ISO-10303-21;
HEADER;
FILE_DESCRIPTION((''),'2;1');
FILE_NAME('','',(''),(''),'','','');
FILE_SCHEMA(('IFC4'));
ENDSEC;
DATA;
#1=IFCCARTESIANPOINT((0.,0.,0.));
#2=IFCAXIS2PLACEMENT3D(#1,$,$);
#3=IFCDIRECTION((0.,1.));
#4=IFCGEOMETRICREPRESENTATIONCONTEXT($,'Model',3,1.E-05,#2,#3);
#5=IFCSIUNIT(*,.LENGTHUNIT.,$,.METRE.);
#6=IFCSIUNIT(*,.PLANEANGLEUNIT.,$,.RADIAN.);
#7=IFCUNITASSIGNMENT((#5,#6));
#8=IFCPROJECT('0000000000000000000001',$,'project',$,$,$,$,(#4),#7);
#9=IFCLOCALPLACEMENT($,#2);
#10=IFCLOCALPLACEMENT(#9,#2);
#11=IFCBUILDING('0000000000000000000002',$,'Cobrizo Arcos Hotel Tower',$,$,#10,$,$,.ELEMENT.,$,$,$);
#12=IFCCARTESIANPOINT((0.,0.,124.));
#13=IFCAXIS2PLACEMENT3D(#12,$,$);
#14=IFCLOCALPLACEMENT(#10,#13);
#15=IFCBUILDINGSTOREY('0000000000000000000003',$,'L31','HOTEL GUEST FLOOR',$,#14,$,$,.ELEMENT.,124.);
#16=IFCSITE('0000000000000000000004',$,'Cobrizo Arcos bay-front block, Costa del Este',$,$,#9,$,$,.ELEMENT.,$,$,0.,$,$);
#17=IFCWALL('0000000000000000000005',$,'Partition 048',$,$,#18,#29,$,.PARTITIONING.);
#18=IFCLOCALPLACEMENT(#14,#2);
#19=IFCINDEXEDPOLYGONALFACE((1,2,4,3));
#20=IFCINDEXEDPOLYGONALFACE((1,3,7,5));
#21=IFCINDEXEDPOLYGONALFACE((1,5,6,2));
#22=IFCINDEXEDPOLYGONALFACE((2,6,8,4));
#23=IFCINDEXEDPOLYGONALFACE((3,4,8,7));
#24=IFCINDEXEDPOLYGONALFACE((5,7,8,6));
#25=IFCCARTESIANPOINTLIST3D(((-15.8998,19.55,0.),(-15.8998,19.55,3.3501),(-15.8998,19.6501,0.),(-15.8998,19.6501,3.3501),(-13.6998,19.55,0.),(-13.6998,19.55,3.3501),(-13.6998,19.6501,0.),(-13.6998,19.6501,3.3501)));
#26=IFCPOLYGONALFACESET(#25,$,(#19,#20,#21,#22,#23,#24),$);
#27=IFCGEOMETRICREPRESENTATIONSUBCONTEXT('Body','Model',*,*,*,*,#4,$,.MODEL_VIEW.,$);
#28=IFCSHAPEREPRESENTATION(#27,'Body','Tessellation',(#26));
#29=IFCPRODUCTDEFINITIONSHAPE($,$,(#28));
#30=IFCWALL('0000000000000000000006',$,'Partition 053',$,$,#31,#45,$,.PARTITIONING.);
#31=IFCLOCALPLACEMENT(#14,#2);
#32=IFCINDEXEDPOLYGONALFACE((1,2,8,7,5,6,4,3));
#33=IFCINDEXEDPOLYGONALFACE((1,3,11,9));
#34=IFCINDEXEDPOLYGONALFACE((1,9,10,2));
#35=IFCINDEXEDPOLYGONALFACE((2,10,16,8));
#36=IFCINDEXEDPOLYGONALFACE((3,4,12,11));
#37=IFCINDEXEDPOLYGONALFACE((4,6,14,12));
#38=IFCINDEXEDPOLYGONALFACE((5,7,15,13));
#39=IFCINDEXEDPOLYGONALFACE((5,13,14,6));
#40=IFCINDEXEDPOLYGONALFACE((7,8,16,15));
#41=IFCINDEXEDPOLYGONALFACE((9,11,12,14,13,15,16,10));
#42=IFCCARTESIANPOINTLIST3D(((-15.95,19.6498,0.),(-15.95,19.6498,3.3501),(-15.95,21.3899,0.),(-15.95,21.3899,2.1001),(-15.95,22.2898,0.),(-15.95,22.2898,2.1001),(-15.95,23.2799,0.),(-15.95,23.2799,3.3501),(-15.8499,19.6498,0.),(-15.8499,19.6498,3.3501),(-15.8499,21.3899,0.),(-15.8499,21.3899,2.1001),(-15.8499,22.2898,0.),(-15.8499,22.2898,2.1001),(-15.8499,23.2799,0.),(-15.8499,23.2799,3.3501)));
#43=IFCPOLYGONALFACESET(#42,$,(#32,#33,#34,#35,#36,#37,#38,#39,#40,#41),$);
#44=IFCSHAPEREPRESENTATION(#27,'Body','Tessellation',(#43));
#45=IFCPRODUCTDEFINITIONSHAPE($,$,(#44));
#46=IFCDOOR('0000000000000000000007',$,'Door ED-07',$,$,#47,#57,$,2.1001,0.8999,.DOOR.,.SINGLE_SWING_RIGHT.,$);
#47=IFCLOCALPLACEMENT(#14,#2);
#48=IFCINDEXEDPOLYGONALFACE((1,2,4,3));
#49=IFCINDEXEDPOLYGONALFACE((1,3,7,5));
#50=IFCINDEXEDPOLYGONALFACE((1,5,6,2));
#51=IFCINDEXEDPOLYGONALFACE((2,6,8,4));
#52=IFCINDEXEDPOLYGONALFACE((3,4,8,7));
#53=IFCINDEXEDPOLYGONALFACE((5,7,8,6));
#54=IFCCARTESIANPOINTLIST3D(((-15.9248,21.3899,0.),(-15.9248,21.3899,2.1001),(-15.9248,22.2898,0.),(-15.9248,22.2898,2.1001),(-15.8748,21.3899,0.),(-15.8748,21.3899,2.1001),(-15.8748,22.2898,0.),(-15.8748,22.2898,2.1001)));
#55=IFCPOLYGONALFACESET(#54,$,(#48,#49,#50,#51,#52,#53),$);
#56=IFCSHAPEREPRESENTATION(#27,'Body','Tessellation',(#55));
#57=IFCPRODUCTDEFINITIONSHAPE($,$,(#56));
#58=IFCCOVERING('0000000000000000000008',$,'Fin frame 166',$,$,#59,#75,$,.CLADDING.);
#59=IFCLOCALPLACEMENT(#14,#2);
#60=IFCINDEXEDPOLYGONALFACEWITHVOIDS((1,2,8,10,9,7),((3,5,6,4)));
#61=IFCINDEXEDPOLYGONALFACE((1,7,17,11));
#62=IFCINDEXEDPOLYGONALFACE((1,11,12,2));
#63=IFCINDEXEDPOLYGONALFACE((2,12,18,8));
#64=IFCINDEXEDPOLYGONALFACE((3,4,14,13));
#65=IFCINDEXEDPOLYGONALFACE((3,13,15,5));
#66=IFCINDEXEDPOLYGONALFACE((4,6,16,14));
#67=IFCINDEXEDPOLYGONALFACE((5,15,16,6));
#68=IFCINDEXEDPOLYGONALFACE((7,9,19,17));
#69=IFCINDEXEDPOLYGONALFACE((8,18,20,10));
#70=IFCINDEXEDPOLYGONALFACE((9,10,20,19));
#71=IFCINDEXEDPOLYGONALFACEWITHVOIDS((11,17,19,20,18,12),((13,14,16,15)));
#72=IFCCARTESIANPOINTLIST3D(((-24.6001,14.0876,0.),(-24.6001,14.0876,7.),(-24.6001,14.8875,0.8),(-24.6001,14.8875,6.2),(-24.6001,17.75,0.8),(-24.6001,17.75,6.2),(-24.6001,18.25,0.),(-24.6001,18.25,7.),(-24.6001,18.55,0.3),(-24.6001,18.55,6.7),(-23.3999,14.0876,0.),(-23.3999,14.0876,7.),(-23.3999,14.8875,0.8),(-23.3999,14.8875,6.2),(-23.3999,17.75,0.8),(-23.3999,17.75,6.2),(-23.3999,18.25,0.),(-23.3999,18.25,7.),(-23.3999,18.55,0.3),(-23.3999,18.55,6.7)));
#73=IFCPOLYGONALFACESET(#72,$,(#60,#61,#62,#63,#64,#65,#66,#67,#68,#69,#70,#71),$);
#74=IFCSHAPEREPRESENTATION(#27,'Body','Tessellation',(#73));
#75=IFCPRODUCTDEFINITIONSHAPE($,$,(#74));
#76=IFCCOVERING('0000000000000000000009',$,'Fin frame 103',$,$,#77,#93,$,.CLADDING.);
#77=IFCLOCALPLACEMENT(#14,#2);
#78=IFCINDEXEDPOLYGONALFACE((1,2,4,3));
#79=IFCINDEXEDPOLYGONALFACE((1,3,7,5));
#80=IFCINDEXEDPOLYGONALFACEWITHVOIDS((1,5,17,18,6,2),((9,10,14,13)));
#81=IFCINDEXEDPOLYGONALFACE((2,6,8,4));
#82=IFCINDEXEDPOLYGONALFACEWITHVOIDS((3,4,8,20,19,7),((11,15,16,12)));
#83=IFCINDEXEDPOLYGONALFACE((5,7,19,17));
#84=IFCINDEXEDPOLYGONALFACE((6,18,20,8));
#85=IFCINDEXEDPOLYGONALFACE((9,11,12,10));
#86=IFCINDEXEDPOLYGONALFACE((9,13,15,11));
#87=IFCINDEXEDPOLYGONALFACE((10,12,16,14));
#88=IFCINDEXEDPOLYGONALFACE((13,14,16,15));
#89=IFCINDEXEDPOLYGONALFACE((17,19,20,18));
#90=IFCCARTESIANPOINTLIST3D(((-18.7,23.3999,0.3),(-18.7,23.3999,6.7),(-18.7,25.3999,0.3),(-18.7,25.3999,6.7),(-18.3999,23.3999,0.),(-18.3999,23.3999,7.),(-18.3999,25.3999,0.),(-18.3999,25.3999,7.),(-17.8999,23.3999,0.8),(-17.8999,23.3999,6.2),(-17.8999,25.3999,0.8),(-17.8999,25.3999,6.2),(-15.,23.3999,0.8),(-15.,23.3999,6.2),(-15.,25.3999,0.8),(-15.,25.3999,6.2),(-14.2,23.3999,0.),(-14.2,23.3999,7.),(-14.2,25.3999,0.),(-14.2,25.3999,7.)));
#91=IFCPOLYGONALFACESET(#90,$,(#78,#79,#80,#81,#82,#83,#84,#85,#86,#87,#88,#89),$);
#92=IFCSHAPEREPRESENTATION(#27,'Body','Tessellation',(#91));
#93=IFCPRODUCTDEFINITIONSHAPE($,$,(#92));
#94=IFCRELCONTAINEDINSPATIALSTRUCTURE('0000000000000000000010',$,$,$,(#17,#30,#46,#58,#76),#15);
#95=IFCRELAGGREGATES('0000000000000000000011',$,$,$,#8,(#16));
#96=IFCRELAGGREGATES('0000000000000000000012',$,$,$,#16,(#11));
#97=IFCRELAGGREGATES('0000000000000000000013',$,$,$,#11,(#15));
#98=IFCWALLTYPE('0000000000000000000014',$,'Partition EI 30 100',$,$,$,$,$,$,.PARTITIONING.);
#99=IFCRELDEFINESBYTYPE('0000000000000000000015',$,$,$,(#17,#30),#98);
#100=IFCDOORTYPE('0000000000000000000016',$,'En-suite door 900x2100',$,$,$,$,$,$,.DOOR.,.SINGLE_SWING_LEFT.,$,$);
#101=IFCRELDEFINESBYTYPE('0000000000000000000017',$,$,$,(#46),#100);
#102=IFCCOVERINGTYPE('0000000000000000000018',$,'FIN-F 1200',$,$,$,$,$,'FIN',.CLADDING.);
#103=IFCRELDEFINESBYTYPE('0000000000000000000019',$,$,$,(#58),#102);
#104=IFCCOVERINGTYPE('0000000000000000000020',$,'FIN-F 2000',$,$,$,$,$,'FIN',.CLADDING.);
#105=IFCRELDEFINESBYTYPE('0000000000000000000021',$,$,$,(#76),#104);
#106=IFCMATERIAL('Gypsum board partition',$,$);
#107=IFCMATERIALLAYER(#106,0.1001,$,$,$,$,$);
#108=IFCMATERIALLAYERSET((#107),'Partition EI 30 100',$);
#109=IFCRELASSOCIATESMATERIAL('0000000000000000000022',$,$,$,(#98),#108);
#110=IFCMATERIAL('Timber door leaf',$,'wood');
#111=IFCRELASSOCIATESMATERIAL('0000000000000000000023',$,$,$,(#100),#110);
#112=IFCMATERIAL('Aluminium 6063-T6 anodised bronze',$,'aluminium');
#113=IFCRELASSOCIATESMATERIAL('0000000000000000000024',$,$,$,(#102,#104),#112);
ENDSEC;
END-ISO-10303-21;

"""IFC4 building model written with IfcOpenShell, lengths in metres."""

from ifc_helpers import new_model, si_unit, direction, frame, frame_2d, origin, place, context, subcontext, project, spatial, polyline, rectangle, outline, extrude, material, layer, layer_set, type_object, element, fill, save


model = new_model("IFC4")

# Units and contexts
model_context = context("Model", 3, precision=1e-05, world=origin(), true_north=direction((0.0, 1.0)))
body_context = subcontext(model_context, "Body", "Model", "MODEL_VIEW")
ifc_project = project(units=[si_unit("LENGTHUNIT", "METRE"), si_unit("PLANEANGLEUNIT", "RADIAN")], contexts=[model_context])

# Site, building, storey
site_placement = place(None, origin())
site = spatial("IfcSite", under=ifc_project, at=site_placement, Name="Cobrizo Arcos bay-front block, Costa del Este", CompositionType="ELEMENT", RefElevation=0.0)
building_placement = place(site_placement, origin())
building = spatial("IfcBuilding", under=site, at=building_placement, Name="Cobrizo Arcos Hotel Tower", CompositionType="ELEMENT")
storey_placement = place(building_placement, frame((0.0, 0.0, 124.0)))
storey = spatial("IfcBuildingStorey", under=building, at=storey_placement, Name="L31", Description="HOTEL GUEST FLOOR", CompositionType="ELEMENT", Elevation=124.0)

# Shared definitions
ifc_material_1 = material(Name="Aluminium 6063-T6 anodised bronze", Category="aluminium")

# Shared definitions
ifc_material_2 = material(Name="Gypsum board partition")
ifc_material_3 = material(Name="Timber door leaf", Category="wood")
ifc_layer_1 = layer(ifc_material_2, 0.1001)
ifc_layer_set_1 = layer_set([ifc_layer_1], Name="Partition EI 30 100")
wall_type_1 = type_object("IfcWallType", Name="Partition EI 30 100", PredefinedType="PARTITIONING", material=ifc_layer_set_1)

# Wall
wall_1_placement = place(storey_placement, frame((-15.8999, 19.6001, 0.0), z_axis=(0.0, 0.0, 1.0), x_axis=(1.0, 0.0, 0.0)))
element("IfcWall", 1, at=wall_1_placement, inside=storey, type_object=wall_type_1, Name="Partition 048", PredefinedType="PARTITIONING", context=body_context, shape_type="SweptSolid", body=[
    extrude(rectangle(XDim=2.2, YDim=0.1001, at=frame_2d((1.1001, 0.0))), origin(), (0.0, 0.0, 1.0), 3.3501),
])

# Wall, opening, door
wall_2_placement = place(storey_placement, frame((-15.8999, 19.6499, 0.0), z_axis=(0.0, 0.0, 1.0), x_axis=(0.0, 1.0, 0.0)))
wall_2 = element("IfcWall", 2, at=wall_2_placement, inside=storey, type_object=wall_type_1, Name="Partition 053", PredefinedType="PARTITIONING", context=body_context, shape_type="SweptSolid", body=[
    extrude(rectangle(XDim=3.6301, YDim=0.1001, at=frame_2d((1.8149, 0.0))), origin(), (0.0, 0.0, 1.0), 3.3501),
])
opening_1_placement = place(wall_2_placement, frame((1.74, 0.0, 0.0)))
opening_1 = element("IfcOpeningElement", 3, at=opening_1_placement, cuts=wall_2, PredefinedType="OPENING", context=body_context, shape_type="SweptSolid", body=[
    extrude(rectangle(XDim=0.8999, YDim=2.1001, at=frame_2d((0.45, 1.05))), frame((0.0, 0.062, 0.0), z_axis=(0.0, -1.0, 0.0), x_axis=(1.0, 0.0, 0.0)), (0.0, 0.0, 1.0), 0.124),
])
door_type_1 = type_object("IfcDoorType", Name="En-suite door 900x2100", OperationType="SINGLE_SWING_LEFT", PredefinedType="DOOR", material=ifc_material_3)
door_1_placement = place(opening_1_placement, origin())
door_1 = element("IfcDoor", 4, at=door_1_placement, inside=storey, type_object=door_type_1, Name="Door ED-07", OperationType="SINGLE_SWING_RIGHT", OverallHeight=2.1001, OverallWidth=0.8999, PredefinedType="DOOR", context=body_context, shape_type="SweptSolid", body=[
    extrude(rectangle(XDim=0.8999, YDim=2.1001, at=frame_2d((0.45, 1.05))), frame((0.0, 0.0249, 0.0), z_axis=(0.0, -1.0, 0.0), x_axis=(1.0, 0.0, 0.0)), (0.0, 0.0, 1.0), 0.05),
])
fill(opening_1, door_1)

# Coverings
covering_type_1 = type_object("IfcCoveringType", Name="FIN-F 1200", ElementType="FIN", PredefinedType="CLADDING", material=ifc_material_1)
covering_1_placement = place(storey_placement, frame((-23.3999, 18.55, 0.0), z_axis=(-1.0, 0.0, 0.0), x_axis=(0.0, -1.0, 0.0)))
element("IfcCovering", 5, at=covering_1_placement, inside=storey, type_object=covering_type_1, Name="Fin frame 166", PredefinedType="CLADDING", context=body_context, shape_type="SweptSolid", body=[
    extrude(outline(polyline([(0.0, 0.3), (0.3, 0.0), (4.4624, 0.0), (4.4624, 7.0), (0.3, 7.0), (0.0, 6.7), (0.0, 0.3)]), holes=[polyline([(3.6626, 0.8), (0.8, 0.8), (0.8, 6.2), (3.6626, 6.2), (3.6626, 0.8)])]), origin(), (0.0, 0.0, 1.0), 1.2002),
])
covering_type_2 = type_object("IfcCoveringType", Name="FIN-F 2000", ElementType="FIN", PredefinedType="CLADDING", material=ifc_material_1)
covering_2_placement = place(storey_placement, frame((-14.2, 23.3999, 0.0), z_axis=(0.0, 1.0, 0.0), x_axis=(-1.0, 0.0, 0.0)))
element("IfcCovering", 6, at=covering_2_placement, inside=storey, type_object=covering_type_2, Name="Fin frame 103", PredefinedType="CLADDING", context=body_context, shape_type="SweptSolid", body=[
    extrude(outline(polyline([(0.0, 7.0), (0.0, 0.0), (4.2, 0.0), (4.5, 0.3), (4.5, 6.7), (4.2, 7.0), (0.0, 7.0)]), holes=[polyline([(3.7, 0.8), (0.8, 0.8), (0.8, 6.2), (3.7, 6.2), (3.7, 0.8)])]), origin(), (0.0, 0.0, 1.0), 2.0),
])

save(model, "model.ifc")
